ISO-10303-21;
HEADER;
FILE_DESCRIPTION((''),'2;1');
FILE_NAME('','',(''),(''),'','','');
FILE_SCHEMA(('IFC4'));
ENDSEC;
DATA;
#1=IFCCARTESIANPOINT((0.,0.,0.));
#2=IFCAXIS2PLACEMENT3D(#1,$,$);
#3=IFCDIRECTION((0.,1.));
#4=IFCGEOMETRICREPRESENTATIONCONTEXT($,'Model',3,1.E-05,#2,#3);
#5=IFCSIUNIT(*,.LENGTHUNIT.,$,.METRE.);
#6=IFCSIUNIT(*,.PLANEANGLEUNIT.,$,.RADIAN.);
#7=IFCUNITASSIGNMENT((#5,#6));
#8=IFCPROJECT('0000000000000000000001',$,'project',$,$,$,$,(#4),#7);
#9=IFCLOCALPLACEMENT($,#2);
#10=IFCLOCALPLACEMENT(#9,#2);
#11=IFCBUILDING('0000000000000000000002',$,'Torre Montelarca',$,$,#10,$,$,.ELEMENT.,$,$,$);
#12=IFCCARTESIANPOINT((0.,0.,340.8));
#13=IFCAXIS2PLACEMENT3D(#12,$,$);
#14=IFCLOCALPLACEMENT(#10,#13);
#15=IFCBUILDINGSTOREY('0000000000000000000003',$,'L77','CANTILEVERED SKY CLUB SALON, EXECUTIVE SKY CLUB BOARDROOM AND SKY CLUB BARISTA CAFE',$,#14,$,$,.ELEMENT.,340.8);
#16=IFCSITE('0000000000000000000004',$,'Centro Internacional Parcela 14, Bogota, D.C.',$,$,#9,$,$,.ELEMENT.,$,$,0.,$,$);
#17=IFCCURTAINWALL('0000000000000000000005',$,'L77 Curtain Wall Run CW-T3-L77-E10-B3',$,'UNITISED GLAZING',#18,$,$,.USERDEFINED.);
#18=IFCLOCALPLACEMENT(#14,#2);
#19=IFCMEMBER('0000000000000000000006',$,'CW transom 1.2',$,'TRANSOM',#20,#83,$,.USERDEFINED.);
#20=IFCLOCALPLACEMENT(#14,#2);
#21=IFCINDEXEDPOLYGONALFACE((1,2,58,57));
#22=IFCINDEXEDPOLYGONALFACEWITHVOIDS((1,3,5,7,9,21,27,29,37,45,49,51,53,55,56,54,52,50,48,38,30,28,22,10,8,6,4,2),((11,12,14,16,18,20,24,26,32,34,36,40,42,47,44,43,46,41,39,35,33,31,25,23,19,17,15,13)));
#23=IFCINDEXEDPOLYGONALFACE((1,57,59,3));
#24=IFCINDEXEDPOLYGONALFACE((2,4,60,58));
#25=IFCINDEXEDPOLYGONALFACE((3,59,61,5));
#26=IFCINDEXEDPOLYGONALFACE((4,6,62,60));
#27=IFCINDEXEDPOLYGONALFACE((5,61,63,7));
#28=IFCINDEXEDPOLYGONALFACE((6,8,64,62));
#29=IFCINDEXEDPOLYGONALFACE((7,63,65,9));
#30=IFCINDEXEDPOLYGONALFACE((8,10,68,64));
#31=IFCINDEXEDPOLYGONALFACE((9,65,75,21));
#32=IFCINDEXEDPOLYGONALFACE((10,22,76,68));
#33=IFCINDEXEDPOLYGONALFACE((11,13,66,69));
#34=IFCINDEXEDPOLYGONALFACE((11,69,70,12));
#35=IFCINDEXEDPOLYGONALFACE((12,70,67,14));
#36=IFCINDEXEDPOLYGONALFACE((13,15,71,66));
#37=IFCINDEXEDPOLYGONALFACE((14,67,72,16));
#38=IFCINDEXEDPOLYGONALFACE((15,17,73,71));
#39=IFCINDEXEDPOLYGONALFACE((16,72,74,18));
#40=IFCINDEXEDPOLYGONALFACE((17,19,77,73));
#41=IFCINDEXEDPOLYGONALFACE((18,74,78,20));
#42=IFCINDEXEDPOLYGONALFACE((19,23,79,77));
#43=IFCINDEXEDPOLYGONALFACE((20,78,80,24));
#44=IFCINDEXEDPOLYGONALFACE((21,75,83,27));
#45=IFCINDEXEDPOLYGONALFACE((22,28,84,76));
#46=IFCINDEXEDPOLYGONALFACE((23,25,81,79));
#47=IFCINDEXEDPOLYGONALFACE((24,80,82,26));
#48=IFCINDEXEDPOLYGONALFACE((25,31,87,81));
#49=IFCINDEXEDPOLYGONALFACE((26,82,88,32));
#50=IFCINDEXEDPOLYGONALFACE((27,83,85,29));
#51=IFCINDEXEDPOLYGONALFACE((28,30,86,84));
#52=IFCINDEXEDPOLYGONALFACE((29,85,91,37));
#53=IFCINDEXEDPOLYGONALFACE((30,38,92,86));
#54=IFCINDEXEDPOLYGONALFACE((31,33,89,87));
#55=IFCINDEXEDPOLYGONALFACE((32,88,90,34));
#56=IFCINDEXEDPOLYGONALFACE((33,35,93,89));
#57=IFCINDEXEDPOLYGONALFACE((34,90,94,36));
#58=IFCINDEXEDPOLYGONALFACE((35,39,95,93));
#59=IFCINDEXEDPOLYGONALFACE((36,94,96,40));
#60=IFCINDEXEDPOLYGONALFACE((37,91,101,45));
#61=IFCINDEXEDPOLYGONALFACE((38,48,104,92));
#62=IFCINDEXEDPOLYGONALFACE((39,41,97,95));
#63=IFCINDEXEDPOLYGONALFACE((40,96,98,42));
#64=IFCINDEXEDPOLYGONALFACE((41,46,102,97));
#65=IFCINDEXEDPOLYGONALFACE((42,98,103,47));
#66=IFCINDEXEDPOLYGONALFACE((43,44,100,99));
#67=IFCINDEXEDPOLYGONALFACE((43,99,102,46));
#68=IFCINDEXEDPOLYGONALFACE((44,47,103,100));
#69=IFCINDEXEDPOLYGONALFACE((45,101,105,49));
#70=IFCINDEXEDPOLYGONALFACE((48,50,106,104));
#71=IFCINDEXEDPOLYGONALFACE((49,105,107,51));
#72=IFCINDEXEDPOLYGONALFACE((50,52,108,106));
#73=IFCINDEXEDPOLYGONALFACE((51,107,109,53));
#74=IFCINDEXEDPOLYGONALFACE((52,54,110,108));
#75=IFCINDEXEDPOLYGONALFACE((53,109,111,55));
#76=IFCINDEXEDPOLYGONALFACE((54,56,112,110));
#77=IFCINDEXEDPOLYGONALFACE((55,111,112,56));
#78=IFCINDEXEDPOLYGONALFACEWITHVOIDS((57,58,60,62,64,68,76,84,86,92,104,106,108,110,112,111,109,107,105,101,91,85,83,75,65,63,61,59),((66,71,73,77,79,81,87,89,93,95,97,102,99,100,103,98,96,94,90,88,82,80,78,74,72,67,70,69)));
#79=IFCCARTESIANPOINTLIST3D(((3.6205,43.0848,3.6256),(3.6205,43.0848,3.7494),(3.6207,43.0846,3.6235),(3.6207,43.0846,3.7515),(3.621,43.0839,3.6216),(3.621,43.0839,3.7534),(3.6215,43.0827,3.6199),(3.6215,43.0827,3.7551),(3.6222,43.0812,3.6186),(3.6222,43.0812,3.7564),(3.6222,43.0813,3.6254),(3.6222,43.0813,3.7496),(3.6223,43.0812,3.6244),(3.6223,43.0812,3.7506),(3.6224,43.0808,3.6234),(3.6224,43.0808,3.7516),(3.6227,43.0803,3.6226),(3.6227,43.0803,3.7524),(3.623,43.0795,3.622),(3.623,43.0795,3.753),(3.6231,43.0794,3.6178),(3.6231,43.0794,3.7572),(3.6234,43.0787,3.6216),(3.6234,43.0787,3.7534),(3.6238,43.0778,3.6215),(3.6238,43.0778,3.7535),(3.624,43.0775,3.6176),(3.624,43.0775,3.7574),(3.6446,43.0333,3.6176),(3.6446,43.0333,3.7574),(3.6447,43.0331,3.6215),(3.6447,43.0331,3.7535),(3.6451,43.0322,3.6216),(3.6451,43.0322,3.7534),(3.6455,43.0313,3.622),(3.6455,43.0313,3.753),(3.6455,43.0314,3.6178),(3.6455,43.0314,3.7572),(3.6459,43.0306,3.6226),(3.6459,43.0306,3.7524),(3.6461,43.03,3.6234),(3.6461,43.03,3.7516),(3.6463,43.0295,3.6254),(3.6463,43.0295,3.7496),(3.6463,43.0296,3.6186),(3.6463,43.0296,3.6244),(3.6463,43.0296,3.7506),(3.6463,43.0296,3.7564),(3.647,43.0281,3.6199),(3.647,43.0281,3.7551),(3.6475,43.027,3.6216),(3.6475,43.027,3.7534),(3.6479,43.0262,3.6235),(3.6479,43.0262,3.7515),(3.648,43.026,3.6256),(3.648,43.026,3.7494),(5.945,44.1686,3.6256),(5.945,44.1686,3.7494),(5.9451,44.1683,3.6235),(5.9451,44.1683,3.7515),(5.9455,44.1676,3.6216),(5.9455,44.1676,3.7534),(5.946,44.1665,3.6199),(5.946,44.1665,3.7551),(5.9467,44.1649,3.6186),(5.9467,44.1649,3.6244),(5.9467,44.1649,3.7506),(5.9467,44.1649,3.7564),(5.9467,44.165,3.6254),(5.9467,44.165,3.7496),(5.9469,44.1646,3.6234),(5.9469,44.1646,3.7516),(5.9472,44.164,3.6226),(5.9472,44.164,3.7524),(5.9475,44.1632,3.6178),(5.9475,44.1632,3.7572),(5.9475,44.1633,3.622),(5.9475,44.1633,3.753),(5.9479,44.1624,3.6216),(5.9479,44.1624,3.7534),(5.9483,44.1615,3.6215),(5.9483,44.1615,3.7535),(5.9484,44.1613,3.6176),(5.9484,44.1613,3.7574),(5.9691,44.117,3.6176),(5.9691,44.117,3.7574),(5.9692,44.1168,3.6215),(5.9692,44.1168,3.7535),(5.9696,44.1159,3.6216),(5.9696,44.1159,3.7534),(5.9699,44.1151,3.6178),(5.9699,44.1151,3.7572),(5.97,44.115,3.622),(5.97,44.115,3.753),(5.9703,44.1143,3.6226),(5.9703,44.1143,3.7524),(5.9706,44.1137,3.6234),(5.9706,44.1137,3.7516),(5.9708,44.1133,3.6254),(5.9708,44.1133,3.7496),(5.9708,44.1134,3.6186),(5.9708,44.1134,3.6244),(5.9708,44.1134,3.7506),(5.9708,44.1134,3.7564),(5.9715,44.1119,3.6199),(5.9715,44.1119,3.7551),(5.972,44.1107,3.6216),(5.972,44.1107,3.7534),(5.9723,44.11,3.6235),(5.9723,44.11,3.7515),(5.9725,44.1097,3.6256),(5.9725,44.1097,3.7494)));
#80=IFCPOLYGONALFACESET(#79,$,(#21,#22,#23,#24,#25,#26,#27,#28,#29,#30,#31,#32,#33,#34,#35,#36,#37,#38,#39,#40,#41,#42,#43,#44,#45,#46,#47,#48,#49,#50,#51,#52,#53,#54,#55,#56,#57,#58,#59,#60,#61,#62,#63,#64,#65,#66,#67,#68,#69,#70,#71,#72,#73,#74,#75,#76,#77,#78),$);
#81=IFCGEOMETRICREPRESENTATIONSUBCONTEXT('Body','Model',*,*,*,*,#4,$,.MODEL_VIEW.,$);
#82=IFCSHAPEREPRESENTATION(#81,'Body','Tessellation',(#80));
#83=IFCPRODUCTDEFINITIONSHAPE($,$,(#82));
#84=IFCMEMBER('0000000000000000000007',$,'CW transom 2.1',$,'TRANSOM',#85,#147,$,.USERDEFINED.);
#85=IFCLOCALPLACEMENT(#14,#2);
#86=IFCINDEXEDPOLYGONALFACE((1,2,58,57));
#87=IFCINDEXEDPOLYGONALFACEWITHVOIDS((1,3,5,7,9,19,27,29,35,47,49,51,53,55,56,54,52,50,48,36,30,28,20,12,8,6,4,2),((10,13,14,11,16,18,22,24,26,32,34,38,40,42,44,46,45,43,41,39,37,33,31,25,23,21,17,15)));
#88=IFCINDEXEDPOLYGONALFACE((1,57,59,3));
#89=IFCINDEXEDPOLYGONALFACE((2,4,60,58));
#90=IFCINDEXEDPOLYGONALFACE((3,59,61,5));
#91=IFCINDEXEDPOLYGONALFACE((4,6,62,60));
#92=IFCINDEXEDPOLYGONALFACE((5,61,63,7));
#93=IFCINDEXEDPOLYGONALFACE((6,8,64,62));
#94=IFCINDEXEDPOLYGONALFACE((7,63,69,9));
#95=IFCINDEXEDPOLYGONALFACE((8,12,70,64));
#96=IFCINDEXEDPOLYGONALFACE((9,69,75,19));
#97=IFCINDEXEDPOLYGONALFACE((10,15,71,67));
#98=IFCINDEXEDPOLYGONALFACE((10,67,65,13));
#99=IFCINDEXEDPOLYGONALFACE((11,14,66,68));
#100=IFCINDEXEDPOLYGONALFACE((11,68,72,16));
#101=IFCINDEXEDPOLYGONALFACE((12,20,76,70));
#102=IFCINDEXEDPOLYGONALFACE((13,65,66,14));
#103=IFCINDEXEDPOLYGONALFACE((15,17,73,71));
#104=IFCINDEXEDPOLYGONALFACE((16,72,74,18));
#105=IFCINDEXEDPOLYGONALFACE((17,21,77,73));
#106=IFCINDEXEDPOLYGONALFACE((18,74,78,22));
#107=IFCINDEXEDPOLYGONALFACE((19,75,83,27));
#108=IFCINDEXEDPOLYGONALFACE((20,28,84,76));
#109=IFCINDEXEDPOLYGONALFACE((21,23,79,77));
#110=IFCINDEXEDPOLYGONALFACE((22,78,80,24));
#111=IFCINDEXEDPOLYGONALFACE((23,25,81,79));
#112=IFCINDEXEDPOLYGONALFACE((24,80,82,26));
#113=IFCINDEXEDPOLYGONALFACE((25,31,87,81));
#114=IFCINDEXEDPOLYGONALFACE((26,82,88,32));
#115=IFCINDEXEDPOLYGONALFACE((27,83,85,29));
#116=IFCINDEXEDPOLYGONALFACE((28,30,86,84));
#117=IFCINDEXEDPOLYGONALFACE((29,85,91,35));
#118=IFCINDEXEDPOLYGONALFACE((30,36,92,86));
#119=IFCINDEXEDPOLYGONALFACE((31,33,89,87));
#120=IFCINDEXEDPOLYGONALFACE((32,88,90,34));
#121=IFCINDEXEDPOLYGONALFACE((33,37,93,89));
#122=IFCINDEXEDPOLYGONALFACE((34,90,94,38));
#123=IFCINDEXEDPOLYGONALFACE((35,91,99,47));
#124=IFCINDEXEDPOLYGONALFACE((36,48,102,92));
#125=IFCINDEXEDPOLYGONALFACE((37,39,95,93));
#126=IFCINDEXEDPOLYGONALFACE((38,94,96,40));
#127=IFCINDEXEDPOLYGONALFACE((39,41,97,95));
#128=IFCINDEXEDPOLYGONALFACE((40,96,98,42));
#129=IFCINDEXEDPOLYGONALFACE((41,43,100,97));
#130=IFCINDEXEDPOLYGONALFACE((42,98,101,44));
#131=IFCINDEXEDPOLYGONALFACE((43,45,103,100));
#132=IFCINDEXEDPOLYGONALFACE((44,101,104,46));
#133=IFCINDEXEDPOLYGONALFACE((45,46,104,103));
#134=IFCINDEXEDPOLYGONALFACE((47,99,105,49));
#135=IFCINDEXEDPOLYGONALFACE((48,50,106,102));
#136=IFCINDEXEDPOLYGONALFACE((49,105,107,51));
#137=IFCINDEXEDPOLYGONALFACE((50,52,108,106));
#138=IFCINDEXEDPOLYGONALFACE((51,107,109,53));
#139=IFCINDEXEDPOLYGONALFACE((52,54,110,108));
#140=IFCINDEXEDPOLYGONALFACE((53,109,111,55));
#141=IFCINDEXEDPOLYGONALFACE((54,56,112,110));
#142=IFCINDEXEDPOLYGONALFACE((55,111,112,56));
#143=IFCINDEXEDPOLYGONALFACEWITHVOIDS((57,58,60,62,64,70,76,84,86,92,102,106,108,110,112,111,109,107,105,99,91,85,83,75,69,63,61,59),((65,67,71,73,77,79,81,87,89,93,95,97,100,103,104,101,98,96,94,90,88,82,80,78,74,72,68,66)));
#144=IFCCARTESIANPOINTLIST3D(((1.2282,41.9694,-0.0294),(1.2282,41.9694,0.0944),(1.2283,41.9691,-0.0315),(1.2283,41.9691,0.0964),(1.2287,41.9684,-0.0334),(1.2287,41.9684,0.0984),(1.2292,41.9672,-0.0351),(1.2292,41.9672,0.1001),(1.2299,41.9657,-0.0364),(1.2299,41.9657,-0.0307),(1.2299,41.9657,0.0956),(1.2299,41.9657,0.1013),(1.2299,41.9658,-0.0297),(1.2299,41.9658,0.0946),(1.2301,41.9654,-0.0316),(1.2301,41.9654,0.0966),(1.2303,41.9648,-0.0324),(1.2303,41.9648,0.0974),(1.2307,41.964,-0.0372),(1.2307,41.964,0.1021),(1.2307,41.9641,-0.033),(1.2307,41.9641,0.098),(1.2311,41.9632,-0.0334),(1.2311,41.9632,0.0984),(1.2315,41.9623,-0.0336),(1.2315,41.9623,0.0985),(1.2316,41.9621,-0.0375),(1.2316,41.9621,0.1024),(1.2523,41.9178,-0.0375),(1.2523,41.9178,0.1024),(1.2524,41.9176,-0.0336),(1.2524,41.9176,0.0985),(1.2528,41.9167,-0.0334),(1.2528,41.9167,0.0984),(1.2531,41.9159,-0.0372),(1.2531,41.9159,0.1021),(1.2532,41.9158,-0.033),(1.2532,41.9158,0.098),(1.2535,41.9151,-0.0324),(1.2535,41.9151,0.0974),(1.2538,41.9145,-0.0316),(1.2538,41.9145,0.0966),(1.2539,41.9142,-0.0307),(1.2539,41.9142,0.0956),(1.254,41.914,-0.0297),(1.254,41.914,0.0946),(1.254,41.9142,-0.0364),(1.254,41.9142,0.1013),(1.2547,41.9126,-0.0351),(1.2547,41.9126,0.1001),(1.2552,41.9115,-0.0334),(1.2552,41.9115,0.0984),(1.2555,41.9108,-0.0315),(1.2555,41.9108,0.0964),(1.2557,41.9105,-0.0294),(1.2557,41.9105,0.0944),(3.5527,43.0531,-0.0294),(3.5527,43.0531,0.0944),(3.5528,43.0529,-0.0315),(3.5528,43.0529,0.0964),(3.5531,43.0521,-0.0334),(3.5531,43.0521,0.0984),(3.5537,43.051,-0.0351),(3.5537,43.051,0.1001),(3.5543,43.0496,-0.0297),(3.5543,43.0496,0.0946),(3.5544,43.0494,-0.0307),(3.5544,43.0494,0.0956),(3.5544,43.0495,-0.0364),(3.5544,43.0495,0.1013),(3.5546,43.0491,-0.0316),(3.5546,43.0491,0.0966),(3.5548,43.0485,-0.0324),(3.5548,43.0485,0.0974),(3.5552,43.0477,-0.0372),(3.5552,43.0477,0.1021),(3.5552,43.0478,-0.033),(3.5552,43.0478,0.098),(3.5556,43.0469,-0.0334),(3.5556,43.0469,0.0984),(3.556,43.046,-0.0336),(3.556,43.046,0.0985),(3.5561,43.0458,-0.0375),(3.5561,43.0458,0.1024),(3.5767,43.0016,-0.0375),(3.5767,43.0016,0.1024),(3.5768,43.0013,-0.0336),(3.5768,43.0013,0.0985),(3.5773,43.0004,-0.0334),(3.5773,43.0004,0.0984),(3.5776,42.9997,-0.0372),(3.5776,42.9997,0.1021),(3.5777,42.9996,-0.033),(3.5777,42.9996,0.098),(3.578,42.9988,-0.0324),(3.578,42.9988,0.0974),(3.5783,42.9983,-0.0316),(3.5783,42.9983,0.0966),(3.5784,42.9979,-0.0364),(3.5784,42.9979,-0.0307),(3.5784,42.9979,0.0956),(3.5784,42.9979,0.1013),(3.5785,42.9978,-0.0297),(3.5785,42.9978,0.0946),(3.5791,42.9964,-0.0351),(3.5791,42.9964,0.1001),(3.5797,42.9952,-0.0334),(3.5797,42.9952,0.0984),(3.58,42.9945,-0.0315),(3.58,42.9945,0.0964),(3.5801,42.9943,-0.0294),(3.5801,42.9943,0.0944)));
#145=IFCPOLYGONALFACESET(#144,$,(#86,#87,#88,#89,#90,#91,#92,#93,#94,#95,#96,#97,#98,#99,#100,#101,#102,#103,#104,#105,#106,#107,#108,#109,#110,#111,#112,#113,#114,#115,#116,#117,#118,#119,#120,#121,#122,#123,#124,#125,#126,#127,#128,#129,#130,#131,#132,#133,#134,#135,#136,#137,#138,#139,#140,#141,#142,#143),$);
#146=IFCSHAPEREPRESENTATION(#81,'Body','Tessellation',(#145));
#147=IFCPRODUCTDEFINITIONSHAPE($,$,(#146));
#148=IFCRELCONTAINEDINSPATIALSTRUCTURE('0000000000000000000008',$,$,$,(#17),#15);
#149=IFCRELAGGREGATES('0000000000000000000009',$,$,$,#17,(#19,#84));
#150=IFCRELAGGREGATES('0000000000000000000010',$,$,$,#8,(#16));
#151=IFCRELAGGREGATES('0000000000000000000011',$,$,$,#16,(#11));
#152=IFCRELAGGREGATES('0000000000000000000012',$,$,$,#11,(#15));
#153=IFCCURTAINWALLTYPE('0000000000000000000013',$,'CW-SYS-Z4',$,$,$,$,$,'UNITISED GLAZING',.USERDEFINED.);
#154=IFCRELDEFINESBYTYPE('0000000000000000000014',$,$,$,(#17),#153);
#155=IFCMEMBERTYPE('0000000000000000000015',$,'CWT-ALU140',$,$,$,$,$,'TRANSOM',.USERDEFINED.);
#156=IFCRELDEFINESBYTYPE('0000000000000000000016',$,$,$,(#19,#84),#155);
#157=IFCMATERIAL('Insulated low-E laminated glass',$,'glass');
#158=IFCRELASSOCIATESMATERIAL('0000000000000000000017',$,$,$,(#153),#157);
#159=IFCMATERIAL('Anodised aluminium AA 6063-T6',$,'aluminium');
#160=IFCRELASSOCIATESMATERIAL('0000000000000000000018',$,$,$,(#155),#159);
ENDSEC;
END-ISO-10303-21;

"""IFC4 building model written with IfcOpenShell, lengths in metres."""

from ifc_helpers import new_model, si_unit, direction, frame, origin, origin_2d, place, context, subcontext, project, spatial, hollow_rectangle, extrude, source, transform, mapped, material, material_profile, profile_set, type_object, element, aggregate, save


model = new_model("IFC4")

# Units and contexts
model_context = context("Model", 3, precision=1e-05, world=origin(), true_north=direction((0.0, 1.0)))
body_context = subcontext(model_context, "Body", "Model", "MODEL_VIEW")
ifc_project = project(units=[si_unit("LENGTHUNIT", "METRE"), si_unit("PLANEANGLEUNIT", "RADIAN")], contexts=[model_context])

# Site, building, storey
site_placement = place(None, origin())
site = spatial("IfcSite", under=ifc_project, at=site_placement, Name="Centro Internacional Parcela 14, Bogota, D.C.", CompositionType="ELEMENT", RefElevation=0.0)
building_placement = place(site_placement, origin())
building = spatial("IfcBuilding", under=site, at=building_placement, Name="Torre Montelarca", CompositionType="ELEMENT")
storey_placement = place(building_placement, frame((0.0, 0.0, 340.8)))
storey = spatial("IfcBuildingStorey", under=building, at=storey_placement, Name="L77", Description="CANTILEVERED SKY CLUB SALON, EXECUTIVE SKY CLUB BOARDROOM AND SKY CLUB BARISTA CAFE", CompositionType="ELEMENT", Elevation=340.8)

# Curtain wall
ifc_material_1 = material(Name="Insulated low-E laminated glass", Category="glass")
curtain_wall_type = type_object("IfcCurtainWallType", Name="CW-SYS-Z4", ElementType="UNITISED GLAZING", PredefinedType="USERDEFINED", material=ifc_material_1)
ifc_material_2 = material(Name="Anodised aluminium AA 6063-T6", Category="aluminium")
curtain_wall_1_placement = place(storey_placement, origin())
curtain_wall_1 = element("IfcCurtainWall", 1, at=curtain_wall_1_placement, inside=storey, type_object=curtain_wall_type, Name="L77 Curtain Wall Run CW-T3-L77-E10-B3", ObjectType="UNITISED GLAZING", PredefinedType="USERDEFINED")
ifc_material_profile_1 = material_profile(ifc_material_2, hollow_rectangle(XDim=0.0649, YDim=0.1399, WallThickness=0.0039, InnerFilletRadius=0.0039, OuterFilletRadius=0.0081, at=origin_2d()), Name="ALU65X140X4", Category="aluminium")
ifc_profile_set_1 = profile_set([ifc_material_profile_1], Name="Anodised aluminium AA 6063-T6")
member_type_1 = type_object("IfcMemberType", Name="CWT-ALU140", ElementType="TRANSOM", PredefinedType="USERDEFINED", material=ifc_profile_set_1)

# Members
shared_shape_1 = source(origin(), body_context, "Body", "SweptSolid", [
    extrude(hollow_rectangle(XDim=0.0649, YDim=0.1399, WallThickness=0.0039, InnerFilletRadius=0.0039, OuterFilletRadius=0.0081, at=origin_2d()), origin(), (0.0, 0.0, 1.0), 2.5647),
])
member_1_placement = place(storey_placement, frame((5.9587, 44.1392, 3.6875), z_axis=(-0.906334, -0.422562, 0.0), x_axis=(0.422562, -0.906334, 0.0)))
member_1 = element("IfcMember", 2, at=member_1_placement, type_object=member_type_1, Name="CW transom 1.2", ObjectType="TRANSOM", PredefinedType="USERDEFINED", context=body_context, shape_type="MappedRepresentation", body=[
    mapped(shared_shape_1, transform((0.0, 0.0, 0.0), scale=1.0)),
])
member_2_placement = place(storey_placement, frame((3.5664, 43.0237, 0.0325), z_axis=(-0.906334, -0.422562, 0.0), x_axis=(0.422562, -0.906334, 0.0)))
member_2 = element("IfcMember", 3, at=member_2_placement, type_object=member_type_1, Name="CW transom 2.1", ObjectType="TRANSOM", PredefinedType="USERDEFINED", context=body_context, shape_type="MappedRepresentation", body=[
    mapped(shared_shape_1, transform((0.0, 0.0, 0.0), scale=1.0)),
])

aggregate(curtain_wall_1, [member_1, member_2])

save(model, "model.ifc")
